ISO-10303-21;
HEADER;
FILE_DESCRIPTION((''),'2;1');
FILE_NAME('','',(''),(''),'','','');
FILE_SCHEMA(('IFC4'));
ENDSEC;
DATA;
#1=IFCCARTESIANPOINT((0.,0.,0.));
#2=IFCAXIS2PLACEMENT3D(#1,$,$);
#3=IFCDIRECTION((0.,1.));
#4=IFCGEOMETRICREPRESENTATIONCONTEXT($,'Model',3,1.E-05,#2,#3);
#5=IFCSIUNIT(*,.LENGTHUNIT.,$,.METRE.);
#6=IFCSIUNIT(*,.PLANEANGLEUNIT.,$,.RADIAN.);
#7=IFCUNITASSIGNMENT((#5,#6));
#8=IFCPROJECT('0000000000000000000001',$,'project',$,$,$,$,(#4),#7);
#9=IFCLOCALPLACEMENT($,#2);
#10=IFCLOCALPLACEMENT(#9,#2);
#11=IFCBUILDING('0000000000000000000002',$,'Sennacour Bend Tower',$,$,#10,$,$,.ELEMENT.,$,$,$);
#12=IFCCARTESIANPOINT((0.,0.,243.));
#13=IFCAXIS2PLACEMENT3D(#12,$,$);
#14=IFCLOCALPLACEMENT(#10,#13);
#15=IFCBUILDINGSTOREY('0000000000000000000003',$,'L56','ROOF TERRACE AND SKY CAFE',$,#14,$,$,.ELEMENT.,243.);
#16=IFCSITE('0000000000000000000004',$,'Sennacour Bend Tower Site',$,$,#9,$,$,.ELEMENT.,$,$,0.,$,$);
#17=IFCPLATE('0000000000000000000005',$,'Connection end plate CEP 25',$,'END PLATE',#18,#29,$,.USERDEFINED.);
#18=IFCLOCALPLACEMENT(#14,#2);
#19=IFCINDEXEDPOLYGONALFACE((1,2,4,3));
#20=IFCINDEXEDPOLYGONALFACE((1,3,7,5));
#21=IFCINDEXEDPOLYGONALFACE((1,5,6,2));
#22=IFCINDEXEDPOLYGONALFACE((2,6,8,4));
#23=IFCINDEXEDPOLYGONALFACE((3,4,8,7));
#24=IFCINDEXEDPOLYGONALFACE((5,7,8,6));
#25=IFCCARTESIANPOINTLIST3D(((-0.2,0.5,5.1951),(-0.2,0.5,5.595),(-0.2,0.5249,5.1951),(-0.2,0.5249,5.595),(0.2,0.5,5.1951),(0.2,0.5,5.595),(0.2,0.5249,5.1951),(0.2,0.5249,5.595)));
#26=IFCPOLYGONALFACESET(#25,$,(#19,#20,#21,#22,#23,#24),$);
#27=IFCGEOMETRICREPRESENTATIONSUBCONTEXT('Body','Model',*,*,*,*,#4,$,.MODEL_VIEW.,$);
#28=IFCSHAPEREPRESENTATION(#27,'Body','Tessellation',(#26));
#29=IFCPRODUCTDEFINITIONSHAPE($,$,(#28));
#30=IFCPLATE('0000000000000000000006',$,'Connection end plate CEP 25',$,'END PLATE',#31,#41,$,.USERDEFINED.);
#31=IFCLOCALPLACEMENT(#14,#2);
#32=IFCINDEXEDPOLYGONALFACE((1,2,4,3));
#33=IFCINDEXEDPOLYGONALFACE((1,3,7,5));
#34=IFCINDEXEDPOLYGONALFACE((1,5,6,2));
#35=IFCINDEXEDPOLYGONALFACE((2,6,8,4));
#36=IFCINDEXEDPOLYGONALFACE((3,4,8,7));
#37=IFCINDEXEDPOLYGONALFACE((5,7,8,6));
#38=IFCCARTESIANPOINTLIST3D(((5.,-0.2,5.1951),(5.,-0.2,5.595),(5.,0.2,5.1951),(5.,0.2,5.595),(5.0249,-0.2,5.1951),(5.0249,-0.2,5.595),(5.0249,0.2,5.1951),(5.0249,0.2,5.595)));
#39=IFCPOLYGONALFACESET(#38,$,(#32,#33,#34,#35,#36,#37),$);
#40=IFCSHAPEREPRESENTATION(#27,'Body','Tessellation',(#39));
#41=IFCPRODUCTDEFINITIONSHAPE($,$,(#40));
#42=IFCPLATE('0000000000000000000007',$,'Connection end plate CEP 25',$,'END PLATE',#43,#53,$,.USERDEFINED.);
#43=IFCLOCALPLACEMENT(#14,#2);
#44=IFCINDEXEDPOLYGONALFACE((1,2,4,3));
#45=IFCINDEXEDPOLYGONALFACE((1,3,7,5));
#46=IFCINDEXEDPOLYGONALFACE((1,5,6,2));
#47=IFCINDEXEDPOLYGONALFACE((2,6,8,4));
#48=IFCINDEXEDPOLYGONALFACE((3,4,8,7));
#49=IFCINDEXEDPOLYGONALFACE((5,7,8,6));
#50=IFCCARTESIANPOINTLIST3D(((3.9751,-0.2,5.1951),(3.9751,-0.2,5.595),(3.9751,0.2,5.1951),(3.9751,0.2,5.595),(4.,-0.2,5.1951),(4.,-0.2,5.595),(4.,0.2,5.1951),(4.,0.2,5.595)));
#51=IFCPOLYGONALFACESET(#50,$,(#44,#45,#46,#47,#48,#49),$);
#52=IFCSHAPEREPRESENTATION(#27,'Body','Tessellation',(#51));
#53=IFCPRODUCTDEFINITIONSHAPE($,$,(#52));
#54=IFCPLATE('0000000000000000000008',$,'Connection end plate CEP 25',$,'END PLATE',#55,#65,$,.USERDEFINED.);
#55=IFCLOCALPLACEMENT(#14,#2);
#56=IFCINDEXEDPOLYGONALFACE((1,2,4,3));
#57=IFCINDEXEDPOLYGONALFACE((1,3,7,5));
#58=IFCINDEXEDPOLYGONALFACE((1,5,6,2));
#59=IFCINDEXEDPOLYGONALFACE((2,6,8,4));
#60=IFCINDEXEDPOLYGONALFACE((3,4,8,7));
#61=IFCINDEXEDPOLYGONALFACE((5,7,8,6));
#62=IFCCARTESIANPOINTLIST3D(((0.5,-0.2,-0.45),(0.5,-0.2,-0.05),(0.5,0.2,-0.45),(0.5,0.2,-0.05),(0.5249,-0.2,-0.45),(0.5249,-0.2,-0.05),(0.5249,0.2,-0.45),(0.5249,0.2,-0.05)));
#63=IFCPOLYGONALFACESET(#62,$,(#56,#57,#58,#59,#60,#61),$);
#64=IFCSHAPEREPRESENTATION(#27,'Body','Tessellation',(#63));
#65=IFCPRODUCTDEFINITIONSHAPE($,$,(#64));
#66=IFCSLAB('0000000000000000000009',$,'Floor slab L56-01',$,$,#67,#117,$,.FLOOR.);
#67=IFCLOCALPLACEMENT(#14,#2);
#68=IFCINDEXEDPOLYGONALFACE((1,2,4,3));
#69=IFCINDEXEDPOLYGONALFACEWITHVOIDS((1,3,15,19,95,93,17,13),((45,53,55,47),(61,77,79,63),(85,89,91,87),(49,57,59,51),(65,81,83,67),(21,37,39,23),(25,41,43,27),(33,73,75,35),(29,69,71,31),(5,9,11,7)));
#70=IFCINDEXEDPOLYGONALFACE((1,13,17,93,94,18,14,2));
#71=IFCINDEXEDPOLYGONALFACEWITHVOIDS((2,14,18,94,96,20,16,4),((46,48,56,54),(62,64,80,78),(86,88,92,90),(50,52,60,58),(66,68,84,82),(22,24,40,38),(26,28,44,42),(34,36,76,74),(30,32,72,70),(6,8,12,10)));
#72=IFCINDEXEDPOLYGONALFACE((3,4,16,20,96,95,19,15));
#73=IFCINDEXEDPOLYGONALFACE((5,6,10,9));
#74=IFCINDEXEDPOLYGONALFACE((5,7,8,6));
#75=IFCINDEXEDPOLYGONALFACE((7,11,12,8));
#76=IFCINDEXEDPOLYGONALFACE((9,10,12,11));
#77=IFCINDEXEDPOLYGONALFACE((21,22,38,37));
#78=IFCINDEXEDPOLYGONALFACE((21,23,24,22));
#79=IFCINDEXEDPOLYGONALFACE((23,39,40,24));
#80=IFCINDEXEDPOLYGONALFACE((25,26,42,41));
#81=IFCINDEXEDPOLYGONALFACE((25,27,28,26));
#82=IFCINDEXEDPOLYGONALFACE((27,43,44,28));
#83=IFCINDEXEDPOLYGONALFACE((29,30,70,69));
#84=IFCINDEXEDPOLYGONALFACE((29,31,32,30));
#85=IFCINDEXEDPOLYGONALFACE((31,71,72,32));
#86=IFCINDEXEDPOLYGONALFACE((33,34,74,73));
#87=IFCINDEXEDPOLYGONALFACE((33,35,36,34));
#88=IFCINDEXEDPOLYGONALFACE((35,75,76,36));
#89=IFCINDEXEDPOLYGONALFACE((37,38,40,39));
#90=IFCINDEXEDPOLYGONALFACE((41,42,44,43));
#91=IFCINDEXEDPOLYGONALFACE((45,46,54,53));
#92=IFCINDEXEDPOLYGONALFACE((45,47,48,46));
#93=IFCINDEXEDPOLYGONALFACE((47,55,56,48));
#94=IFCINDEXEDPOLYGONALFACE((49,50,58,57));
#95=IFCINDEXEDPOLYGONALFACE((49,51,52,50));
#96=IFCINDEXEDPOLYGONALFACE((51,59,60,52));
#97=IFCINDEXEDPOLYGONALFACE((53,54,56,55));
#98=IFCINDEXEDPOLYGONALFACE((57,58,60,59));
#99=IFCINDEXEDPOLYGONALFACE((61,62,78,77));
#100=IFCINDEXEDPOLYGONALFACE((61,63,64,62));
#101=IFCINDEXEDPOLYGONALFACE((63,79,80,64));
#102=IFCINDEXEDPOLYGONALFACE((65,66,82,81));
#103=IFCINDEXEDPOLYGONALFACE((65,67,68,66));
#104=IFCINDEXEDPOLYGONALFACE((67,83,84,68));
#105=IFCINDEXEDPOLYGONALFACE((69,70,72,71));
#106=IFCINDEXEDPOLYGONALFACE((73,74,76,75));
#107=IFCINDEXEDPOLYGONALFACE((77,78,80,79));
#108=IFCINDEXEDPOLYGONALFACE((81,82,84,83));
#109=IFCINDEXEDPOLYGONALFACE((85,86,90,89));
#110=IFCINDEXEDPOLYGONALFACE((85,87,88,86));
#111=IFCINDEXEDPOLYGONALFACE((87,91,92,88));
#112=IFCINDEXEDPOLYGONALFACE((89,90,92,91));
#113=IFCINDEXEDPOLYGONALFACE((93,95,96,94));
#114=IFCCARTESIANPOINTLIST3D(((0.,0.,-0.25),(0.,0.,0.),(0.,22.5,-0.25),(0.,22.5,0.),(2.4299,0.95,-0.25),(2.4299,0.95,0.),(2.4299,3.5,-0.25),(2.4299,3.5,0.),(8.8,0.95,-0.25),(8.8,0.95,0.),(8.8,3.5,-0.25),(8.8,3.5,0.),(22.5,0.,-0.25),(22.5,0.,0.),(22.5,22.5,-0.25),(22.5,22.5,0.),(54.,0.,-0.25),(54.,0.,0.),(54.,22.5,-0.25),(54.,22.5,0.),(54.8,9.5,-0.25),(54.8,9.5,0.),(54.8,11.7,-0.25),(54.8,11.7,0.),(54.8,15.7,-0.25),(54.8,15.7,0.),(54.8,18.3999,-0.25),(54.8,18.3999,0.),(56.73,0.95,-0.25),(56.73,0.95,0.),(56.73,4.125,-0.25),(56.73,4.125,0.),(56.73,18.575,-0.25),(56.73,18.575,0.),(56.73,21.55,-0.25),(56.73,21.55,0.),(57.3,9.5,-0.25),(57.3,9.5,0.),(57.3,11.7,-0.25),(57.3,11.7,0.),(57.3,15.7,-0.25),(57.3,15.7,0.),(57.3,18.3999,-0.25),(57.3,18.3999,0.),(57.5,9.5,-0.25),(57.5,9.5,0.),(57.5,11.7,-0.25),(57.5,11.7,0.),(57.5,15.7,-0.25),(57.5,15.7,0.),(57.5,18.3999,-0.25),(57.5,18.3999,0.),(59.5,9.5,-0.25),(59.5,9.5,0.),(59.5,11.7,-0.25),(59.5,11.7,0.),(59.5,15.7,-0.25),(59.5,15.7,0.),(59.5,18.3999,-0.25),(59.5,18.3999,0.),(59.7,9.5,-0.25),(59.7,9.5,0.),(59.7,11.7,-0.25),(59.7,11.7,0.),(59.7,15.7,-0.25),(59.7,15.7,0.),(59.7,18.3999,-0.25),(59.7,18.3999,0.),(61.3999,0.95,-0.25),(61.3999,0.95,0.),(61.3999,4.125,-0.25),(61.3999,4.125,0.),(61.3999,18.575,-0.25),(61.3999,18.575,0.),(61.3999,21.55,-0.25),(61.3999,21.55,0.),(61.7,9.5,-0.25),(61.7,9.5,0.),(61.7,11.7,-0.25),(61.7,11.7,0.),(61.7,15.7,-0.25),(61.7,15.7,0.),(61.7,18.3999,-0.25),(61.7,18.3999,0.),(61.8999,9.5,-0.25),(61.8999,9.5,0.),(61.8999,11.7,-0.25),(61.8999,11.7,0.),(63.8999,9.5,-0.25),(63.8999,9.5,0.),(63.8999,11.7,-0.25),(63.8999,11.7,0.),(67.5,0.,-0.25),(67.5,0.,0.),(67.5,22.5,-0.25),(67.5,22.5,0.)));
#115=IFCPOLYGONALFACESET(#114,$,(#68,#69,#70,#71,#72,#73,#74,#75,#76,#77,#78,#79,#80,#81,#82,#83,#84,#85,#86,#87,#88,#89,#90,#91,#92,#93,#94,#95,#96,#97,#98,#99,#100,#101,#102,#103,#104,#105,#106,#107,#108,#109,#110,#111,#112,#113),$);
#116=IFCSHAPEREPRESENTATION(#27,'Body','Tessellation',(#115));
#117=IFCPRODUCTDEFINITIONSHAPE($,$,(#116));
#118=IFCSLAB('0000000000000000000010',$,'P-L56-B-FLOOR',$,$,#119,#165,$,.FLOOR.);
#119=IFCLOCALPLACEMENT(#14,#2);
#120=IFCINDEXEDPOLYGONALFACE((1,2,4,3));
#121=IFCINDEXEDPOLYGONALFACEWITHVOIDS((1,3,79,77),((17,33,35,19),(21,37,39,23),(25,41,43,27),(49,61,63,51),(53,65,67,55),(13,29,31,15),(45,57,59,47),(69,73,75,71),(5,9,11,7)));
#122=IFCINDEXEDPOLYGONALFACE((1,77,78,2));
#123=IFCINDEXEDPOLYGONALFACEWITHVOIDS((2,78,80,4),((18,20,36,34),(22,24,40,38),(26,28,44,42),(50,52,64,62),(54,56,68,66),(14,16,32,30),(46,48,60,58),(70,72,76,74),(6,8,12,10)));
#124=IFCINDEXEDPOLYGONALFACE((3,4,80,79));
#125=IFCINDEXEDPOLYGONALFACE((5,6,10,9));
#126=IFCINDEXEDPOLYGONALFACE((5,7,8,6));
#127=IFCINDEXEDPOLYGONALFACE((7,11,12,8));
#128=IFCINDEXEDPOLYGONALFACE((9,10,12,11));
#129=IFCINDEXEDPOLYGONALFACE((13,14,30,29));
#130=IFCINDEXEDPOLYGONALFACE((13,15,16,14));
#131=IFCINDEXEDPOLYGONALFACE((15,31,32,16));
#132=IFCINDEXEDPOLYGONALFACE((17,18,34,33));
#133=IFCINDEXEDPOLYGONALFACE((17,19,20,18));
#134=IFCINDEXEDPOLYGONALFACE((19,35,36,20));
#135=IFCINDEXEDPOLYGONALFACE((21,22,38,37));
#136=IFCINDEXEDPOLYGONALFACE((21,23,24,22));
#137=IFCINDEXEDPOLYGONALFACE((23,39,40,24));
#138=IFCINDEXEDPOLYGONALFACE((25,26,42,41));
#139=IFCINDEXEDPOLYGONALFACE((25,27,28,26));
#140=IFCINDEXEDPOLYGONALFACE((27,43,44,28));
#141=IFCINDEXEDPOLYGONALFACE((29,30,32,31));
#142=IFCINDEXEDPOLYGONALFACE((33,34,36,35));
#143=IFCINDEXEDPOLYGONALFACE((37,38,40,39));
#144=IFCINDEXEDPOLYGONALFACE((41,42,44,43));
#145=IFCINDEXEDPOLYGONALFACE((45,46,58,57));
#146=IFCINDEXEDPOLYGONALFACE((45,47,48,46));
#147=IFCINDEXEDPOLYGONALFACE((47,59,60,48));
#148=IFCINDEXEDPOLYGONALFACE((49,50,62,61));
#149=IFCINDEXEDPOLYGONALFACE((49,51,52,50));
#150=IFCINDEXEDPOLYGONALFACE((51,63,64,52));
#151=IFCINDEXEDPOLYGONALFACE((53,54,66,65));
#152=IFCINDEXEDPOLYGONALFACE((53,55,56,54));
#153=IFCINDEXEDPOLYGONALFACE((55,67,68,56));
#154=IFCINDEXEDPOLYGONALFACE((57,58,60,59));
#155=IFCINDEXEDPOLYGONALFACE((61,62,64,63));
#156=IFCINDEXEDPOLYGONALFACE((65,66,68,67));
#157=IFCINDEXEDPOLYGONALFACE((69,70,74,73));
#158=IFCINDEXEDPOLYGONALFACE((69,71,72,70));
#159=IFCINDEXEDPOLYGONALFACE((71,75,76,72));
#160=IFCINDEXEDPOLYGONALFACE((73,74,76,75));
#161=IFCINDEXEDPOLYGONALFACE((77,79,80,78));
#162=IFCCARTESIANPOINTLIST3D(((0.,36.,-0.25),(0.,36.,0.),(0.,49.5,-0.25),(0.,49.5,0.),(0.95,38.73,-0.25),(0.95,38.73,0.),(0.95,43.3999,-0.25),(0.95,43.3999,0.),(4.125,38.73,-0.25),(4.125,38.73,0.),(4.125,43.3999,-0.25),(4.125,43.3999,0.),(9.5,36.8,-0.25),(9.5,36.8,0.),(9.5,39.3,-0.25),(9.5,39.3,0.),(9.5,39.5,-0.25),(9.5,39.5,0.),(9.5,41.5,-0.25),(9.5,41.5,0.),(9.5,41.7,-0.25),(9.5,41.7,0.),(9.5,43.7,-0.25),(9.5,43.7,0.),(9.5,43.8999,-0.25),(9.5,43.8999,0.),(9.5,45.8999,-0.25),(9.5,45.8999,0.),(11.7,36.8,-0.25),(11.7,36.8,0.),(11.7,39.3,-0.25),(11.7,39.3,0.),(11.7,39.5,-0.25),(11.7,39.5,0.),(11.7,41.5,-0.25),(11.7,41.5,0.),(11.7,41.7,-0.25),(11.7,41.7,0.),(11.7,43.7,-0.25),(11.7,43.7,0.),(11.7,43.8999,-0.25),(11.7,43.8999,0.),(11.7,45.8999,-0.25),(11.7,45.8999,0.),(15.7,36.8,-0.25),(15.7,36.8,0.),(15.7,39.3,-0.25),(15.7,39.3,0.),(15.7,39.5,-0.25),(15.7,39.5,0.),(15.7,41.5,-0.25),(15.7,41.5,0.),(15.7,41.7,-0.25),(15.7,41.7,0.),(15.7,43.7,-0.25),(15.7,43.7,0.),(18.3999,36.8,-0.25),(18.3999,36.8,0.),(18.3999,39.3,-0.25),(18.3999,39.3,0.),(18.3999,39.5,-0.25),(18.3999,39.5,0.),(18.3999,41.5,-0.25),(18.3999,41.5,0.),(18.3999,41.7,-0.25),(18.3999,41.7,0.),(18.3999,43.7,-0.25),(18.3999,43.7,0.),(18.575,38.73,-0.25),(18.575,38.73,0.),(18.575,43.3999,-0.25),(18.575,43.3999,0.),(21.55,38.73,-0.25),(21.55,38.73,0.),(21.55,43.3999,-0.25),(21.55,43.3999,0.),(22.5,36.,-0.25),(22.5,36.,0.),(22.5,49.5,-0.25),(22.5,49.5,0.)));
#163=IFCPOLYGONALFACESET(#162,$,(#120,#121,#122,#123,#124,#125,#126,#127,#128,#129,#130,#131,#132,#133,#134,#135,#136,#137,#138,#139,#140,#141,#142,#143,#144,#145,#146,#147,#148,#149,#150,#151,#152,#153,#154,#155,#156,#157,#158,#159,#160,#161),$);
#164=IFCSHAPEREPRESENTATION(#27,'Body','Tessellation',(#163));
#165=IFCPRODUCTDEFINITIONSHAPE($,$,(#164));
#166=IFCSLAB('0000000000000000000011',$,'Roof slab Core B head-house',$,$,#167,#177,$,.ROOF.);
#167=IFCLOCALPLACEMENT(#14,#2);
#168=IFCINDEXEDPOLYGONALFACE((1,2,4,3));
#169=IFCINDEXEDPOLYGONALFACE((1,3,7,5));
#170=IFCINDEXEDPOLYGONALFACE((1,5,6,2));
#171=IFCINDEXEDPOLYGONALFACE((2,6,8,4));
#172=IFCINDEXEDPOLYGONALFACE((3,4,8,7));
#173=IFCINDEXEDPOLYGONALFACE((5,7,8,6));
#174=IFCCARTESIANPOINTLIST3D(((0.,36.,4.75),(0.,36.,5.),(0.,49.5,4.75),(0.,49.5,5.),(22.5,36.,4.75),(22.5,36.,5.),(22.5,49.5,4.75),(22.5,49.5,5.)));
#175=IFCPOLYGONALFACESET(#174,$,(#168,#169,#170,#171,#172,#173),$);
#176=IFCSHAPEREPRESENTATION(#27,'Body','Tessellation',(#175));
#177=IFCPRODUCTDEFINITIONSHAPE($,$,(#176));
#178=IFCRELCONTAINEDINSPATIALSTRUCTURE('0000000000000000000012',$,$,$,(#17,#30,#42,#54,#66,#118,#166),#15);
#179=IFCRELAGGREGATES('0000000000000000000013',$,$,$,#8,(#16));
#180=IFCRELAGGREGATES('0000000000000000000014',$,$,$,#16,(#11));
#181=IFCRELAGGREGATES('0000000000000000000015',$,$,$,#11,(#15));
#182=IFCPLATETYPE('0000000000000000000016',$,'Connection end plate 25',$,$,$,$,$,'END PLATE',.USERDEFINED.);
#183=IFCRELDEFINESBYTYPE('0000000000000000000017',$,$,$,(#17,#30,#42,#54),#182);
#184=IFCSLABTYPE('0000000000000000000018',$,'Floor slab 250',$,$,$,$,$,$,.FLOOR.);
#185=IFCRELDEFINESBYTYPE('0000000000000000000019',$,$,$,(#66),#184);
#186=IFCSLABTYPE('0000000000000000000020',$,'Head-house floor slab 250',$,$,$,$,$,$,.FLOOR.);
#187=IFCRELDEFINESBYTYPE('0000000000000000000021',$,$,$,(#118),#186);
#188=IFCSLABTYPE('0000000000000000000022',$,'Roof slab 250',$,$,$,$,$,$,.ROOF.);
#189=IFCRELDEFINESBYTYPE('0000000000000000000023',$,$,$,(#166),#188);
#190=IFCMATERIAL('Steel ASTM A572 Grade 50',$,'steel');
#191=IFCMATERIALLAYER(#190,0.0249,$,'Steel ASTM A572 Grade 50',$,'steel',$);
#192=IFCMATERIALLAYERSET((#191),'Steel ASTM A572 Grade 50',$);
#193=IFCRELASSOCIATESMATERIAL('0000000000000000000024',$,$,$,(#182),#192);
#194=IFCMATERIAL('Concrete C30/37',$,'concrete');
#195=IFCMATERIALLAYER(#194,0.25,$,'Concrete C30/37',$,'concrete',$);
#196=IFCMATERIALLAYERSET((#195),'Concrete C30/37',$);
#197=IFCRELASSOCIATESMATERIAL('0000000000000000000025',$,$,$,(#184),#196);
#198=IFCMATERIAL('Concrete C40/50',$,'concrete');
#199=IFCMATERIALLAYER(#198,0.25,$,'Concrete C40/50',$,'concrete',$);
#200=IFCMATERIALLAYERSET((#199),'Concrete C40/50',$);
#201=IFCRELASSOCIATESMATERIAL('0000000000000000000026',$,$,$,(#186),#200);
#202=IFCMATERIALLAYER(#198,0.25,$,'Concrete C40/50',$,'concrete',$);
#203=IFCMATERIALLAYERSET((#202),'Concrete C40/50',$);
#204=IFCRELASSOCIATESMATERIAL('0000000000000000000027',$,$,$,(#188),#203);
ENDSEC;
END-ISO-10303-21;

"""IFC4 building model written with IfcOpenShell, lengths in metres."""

from ifc_helpers import new_model, si_unit, direction, frame, origin, origin_2d, place, context, subcontext, project, spatial, polyline, rectangle, outline, extrude, material, layer, layer_set, type_object, element, save


model = new_model("IFC4")

# Units and contexts
model_context = context("Model", 3, precision=1e-05, world=origin(), true_north=direction((0.0, 1.0)))
body_context = subcontext(model_context, "Body", "Model", "MODEL_VIEW")
ifc_project = project(units=[si_unit("LENGTHUNIT", "METRE"), si_unit("PLANEANGLEUNIT", "RADIAN")], contexts=[model_context])

# Site, building, storey
site_placement = place(None, origin())
site = spatial("IfcSite", under=ifc_project, at=site_placement, Name="Sennacour Bend Tower Site", CompositionType="ELEMENT", RefElevation=0.0)
building_placement = place(site_placement, origin())
building = spatial("IfcBuilding", under=site, at=building_placement, Name="Sennacour Bend Tower", CompositionType="ELEMENT")
storey_placement = place(building_placement, frame((0.0, 0.0, 243.0)))
storey = spatial("IfcBuildingStorey", under=building, at=storey_placement, Name="L56", Description="ROOF TERRACE AND SKY CAFE", CompositionType="ELEMENT", Elevation=243.0)

# Shared definitions
ifc_material_1 = material(Name="Steel ASTM A572 Grade 50", Category="steel")

# Plates
ifc_layer_1 = layer(ifc_material_1, 0.0249, Name="Steel ASTM A572 Grade 50", Category="steel")
ifc_layer_set_1 = layer_set([ifc_layer_1], Name="Steel ASTM A572 Grade 50")
plate_type = type_object("IfcPlateType", Name="Connection end plate 25", ElementType="END PLATE", PredefinedType="USERDEFINED", material=ifc_layer_set_1)
for number, where, z_axis, x_axis, name in (
    (1, (0.0, 0.5125, 5.1951), (0.0, 0.0, 1.0), (0.0, -1.0, 0.0), "Connection end plate CEP 25"),
    (2, (5.0125, 0.0, 5.1951), (0.0, 0.0, 1.0), (-1.0, 0.0, 0.0), "Connection end plate CEP 25"),
    (3, (3.9875, 0.0, 5.1951), (0.0, 0.0, 1.0), (1.0, 0.0, 0.0), "Connection end plate CEP 25"),
    (4, (0.5125, 0.0, -0.45), (0.0, 0.0, 1.0), (-1.0, 0.0, 0.0), "Connection end plate CEP 25"),
):
    element("IfcPlate", number, at=place(storey_placement, frame(where, z_axis=z_axis, x_axis=x_axis)), inside=storey, type_object=plate_type, Name=name, ObjectType="END PLATE", PredefinedType="USERDEFINED", context=body_context, shape_type="SweptSolid", body=[
        extrude(rectangle(XDim=0.0249, YDim=0.3999, at=origin_2d()), origin(), (0.0, 0.0, 1.0), 0.3999),
    ])

# Slabs
ifc_material_2 = material(Name="Concrete C30/37", Category="concrete")
ifc_layer_2 = layer(ifc_material_2, 0.25, Name="Concrete C30/37", Category="concrete")
ifc_layer_set_2 = layer_set([ifc_layer_2], Name="Concrete C30/37")
slab_type_1 = type_object("IfcSlabType", Name="Floor slab 250", PredefinedType="FLOOR", material=ifc_layer_set_2)
slab_1_placement = place(storey_placement, frame((0.0, 0.0, -0.25)))
element("IfcSlab", 5, at=slab_1_placement, inside=storey, type_object=slab_type_1, Name="Floor slab L56-01", PredefinedType="FLOOR", context=body_context, shape_type="SweptSolid", body=[
    extrude(outline(polyline([(0.0, 22.5), (22.5, 22.5), (54.0, 22.5), (67.5, 22.5), (67.5, 0.0), (54.0, 0.0), (22.5, 0.0), (0.0, 0.0), (0.0, 22.5)]), holes=[polyline([(8.8, 3.5), (2.4299, 3.5), (2.4299, 0.95), (8.8, 0.95), (8.8, 3.5)]), polyline([(61.3999, 4.125), (56.73, 4.125), (56.73, 0.95), (61.3999, 0.95), (61.3999, 4.125)]), polyline([(57.3, 11.7), (54.8, 11.7), (54.8, 9.5), (57.3, 9.5), (57.3, 11.7)]), polyline([(59.5, 9.5), (59.5, 11.7), (57.5, 11.7), (57.5, 9.5), (59.5, 9.5)]), polyline([(61.7, 9.5), (61.7, 11.7), (59.7, 11.7), (59.7, 9.5), (61.7, 9.5)]), polyline([(63.8999, 11.7), (61.8999, 11.7), (61.8999, 9.5), (63.8999, 9.5), (63.8999, 11.7)]), polyline([(57.3, 18.3999), (54.8, 18.3999), (54.8, 15.7), (57.3, 15.7), (57.3, 18.3999)]), polyline([(59.5, 18.3999), (57.5, 18.3999), (57.5, 15.7), (59.5, 15.7), (59.5, 18.3999)]), polyline([(61.7, 15.7), (61.7, 18.3999), (59.7, 18.3999), (59.7, 15.7), (61.7, 15.7)]), polyline([(61.3999, 18.575), (61.3999, 21.55), (56.73, 21.55), (56.73, 18.575), (61.3999, 18.575)])]), origin(), (0.0, 0.0, 1.0), 0.25),
])
ifc_material_3 = material(Name="Concrete C40/50", Category="concrete")
ifc_layer_3 = layer(ifc_material_3, 0.25, Name="Concrete C40/50", Category="concrete")
ifc_layer_set_3 = layer_set([ifc_layer_3], Name="Concrete C40/50")
slab_type_2 = type_object("IfcSlabType", Name="Head-house floor slab 250", PredefinedType="FLOOR", material=ifc_layer_set_3)
slab_2_placement = place(storey_placement, frame((0.0, 0.0, -0.25)))
element("IfcSlab", 6, at=slab_2_placement, inside=storey, type_object=slab_type_2, Name="P-L56-B-FLOOR", PredefinedType="FLOOR", context=body_context, shape_type="SweptSolid", body=[
    extrude(outline(polyline([(0.0, 36.0), (22.5, 36.0), (22.5, 49.5), (0.0, 49.5), (0.0, 36.0)]), holes=[polyline([(0.95, 38.73), (4.125, 38.73), (4.125, 43.3999), (0.95, 43.3999), (0.95, 38.73)]), polyline([(18.575, 38.73), (21.55, 38.73), (21.55, 43.3999), (18.575, 43.3999), (18.575, 38.73)]), polyline([(9.5, 36.8), (11.7, 36.8), (11.7, 39.3), (9.5, 39.3), (9.5, 36.8)]), polyline([(9.5, 39.5), (11.7, 39.5), (11.7, 41.5), (9.5, 41.5), (9.5, 39.5)]), polyline([(9.5, 41.7), (11.7, 41.7), (11.7, 43.7), (9.5, 43.7), (9.5, 41.7)]), polyline([(9.5, 43.8999), (11.7, 43.8999), (11.7, 45.8999), (9.5, 45.8999), (9.5, 43.8999)]), polyline([(15.7, 36.8), (18.3999, 36.8), (18.3999, 39.3), (15.7, 39.3), (15.7, 36.8)]), polyline([(15.7, 39.5), (18.3999, 39.5), (18.3999, 41.5), (15.7, 41.5), (15.7, 39.5)]), polyline([(15.7, 41.7), (18.3999, 41.7), (18.3999, 43.7), (15.7, 43.7), (15.7, 41.7)])]), origin(), (0.0, 0.0, 1.0), 0.25),
])
ifc_layer_4 = layer(ifc_material_3, 0.25, Name="Concrete C40/50", Category="concrete")
ifc_layer_set_4 = layer_set([ifc_layer_4], Name="Concrete C40/50")
slab_type_3 = type_object("IfcSlabType", Name="Roof slab 250", PredefinedType="ROOF", material=ifc_layer_set_4)
slab_3_placement = place(storey_placement, frame((0.0, 0.0, 4.75)))
element("IfcSlab", 7, at=slab_3_placement, inside=storey, type_object=slab_type_3, Name="Roof slab Core B head-house", PredefinedType="ROOF", context=body_context, shape_type="SweptSolid", body=[
    extrude(outline(polyline([(22.5, 36.0), (22.5, 49.5), (0.0, 49.5), (0.0, 36.0), (22.5, 36.0)])), origin(), (0.0, 0.0, 1.0), 0.25),
])

save(model, "model.ifc")
